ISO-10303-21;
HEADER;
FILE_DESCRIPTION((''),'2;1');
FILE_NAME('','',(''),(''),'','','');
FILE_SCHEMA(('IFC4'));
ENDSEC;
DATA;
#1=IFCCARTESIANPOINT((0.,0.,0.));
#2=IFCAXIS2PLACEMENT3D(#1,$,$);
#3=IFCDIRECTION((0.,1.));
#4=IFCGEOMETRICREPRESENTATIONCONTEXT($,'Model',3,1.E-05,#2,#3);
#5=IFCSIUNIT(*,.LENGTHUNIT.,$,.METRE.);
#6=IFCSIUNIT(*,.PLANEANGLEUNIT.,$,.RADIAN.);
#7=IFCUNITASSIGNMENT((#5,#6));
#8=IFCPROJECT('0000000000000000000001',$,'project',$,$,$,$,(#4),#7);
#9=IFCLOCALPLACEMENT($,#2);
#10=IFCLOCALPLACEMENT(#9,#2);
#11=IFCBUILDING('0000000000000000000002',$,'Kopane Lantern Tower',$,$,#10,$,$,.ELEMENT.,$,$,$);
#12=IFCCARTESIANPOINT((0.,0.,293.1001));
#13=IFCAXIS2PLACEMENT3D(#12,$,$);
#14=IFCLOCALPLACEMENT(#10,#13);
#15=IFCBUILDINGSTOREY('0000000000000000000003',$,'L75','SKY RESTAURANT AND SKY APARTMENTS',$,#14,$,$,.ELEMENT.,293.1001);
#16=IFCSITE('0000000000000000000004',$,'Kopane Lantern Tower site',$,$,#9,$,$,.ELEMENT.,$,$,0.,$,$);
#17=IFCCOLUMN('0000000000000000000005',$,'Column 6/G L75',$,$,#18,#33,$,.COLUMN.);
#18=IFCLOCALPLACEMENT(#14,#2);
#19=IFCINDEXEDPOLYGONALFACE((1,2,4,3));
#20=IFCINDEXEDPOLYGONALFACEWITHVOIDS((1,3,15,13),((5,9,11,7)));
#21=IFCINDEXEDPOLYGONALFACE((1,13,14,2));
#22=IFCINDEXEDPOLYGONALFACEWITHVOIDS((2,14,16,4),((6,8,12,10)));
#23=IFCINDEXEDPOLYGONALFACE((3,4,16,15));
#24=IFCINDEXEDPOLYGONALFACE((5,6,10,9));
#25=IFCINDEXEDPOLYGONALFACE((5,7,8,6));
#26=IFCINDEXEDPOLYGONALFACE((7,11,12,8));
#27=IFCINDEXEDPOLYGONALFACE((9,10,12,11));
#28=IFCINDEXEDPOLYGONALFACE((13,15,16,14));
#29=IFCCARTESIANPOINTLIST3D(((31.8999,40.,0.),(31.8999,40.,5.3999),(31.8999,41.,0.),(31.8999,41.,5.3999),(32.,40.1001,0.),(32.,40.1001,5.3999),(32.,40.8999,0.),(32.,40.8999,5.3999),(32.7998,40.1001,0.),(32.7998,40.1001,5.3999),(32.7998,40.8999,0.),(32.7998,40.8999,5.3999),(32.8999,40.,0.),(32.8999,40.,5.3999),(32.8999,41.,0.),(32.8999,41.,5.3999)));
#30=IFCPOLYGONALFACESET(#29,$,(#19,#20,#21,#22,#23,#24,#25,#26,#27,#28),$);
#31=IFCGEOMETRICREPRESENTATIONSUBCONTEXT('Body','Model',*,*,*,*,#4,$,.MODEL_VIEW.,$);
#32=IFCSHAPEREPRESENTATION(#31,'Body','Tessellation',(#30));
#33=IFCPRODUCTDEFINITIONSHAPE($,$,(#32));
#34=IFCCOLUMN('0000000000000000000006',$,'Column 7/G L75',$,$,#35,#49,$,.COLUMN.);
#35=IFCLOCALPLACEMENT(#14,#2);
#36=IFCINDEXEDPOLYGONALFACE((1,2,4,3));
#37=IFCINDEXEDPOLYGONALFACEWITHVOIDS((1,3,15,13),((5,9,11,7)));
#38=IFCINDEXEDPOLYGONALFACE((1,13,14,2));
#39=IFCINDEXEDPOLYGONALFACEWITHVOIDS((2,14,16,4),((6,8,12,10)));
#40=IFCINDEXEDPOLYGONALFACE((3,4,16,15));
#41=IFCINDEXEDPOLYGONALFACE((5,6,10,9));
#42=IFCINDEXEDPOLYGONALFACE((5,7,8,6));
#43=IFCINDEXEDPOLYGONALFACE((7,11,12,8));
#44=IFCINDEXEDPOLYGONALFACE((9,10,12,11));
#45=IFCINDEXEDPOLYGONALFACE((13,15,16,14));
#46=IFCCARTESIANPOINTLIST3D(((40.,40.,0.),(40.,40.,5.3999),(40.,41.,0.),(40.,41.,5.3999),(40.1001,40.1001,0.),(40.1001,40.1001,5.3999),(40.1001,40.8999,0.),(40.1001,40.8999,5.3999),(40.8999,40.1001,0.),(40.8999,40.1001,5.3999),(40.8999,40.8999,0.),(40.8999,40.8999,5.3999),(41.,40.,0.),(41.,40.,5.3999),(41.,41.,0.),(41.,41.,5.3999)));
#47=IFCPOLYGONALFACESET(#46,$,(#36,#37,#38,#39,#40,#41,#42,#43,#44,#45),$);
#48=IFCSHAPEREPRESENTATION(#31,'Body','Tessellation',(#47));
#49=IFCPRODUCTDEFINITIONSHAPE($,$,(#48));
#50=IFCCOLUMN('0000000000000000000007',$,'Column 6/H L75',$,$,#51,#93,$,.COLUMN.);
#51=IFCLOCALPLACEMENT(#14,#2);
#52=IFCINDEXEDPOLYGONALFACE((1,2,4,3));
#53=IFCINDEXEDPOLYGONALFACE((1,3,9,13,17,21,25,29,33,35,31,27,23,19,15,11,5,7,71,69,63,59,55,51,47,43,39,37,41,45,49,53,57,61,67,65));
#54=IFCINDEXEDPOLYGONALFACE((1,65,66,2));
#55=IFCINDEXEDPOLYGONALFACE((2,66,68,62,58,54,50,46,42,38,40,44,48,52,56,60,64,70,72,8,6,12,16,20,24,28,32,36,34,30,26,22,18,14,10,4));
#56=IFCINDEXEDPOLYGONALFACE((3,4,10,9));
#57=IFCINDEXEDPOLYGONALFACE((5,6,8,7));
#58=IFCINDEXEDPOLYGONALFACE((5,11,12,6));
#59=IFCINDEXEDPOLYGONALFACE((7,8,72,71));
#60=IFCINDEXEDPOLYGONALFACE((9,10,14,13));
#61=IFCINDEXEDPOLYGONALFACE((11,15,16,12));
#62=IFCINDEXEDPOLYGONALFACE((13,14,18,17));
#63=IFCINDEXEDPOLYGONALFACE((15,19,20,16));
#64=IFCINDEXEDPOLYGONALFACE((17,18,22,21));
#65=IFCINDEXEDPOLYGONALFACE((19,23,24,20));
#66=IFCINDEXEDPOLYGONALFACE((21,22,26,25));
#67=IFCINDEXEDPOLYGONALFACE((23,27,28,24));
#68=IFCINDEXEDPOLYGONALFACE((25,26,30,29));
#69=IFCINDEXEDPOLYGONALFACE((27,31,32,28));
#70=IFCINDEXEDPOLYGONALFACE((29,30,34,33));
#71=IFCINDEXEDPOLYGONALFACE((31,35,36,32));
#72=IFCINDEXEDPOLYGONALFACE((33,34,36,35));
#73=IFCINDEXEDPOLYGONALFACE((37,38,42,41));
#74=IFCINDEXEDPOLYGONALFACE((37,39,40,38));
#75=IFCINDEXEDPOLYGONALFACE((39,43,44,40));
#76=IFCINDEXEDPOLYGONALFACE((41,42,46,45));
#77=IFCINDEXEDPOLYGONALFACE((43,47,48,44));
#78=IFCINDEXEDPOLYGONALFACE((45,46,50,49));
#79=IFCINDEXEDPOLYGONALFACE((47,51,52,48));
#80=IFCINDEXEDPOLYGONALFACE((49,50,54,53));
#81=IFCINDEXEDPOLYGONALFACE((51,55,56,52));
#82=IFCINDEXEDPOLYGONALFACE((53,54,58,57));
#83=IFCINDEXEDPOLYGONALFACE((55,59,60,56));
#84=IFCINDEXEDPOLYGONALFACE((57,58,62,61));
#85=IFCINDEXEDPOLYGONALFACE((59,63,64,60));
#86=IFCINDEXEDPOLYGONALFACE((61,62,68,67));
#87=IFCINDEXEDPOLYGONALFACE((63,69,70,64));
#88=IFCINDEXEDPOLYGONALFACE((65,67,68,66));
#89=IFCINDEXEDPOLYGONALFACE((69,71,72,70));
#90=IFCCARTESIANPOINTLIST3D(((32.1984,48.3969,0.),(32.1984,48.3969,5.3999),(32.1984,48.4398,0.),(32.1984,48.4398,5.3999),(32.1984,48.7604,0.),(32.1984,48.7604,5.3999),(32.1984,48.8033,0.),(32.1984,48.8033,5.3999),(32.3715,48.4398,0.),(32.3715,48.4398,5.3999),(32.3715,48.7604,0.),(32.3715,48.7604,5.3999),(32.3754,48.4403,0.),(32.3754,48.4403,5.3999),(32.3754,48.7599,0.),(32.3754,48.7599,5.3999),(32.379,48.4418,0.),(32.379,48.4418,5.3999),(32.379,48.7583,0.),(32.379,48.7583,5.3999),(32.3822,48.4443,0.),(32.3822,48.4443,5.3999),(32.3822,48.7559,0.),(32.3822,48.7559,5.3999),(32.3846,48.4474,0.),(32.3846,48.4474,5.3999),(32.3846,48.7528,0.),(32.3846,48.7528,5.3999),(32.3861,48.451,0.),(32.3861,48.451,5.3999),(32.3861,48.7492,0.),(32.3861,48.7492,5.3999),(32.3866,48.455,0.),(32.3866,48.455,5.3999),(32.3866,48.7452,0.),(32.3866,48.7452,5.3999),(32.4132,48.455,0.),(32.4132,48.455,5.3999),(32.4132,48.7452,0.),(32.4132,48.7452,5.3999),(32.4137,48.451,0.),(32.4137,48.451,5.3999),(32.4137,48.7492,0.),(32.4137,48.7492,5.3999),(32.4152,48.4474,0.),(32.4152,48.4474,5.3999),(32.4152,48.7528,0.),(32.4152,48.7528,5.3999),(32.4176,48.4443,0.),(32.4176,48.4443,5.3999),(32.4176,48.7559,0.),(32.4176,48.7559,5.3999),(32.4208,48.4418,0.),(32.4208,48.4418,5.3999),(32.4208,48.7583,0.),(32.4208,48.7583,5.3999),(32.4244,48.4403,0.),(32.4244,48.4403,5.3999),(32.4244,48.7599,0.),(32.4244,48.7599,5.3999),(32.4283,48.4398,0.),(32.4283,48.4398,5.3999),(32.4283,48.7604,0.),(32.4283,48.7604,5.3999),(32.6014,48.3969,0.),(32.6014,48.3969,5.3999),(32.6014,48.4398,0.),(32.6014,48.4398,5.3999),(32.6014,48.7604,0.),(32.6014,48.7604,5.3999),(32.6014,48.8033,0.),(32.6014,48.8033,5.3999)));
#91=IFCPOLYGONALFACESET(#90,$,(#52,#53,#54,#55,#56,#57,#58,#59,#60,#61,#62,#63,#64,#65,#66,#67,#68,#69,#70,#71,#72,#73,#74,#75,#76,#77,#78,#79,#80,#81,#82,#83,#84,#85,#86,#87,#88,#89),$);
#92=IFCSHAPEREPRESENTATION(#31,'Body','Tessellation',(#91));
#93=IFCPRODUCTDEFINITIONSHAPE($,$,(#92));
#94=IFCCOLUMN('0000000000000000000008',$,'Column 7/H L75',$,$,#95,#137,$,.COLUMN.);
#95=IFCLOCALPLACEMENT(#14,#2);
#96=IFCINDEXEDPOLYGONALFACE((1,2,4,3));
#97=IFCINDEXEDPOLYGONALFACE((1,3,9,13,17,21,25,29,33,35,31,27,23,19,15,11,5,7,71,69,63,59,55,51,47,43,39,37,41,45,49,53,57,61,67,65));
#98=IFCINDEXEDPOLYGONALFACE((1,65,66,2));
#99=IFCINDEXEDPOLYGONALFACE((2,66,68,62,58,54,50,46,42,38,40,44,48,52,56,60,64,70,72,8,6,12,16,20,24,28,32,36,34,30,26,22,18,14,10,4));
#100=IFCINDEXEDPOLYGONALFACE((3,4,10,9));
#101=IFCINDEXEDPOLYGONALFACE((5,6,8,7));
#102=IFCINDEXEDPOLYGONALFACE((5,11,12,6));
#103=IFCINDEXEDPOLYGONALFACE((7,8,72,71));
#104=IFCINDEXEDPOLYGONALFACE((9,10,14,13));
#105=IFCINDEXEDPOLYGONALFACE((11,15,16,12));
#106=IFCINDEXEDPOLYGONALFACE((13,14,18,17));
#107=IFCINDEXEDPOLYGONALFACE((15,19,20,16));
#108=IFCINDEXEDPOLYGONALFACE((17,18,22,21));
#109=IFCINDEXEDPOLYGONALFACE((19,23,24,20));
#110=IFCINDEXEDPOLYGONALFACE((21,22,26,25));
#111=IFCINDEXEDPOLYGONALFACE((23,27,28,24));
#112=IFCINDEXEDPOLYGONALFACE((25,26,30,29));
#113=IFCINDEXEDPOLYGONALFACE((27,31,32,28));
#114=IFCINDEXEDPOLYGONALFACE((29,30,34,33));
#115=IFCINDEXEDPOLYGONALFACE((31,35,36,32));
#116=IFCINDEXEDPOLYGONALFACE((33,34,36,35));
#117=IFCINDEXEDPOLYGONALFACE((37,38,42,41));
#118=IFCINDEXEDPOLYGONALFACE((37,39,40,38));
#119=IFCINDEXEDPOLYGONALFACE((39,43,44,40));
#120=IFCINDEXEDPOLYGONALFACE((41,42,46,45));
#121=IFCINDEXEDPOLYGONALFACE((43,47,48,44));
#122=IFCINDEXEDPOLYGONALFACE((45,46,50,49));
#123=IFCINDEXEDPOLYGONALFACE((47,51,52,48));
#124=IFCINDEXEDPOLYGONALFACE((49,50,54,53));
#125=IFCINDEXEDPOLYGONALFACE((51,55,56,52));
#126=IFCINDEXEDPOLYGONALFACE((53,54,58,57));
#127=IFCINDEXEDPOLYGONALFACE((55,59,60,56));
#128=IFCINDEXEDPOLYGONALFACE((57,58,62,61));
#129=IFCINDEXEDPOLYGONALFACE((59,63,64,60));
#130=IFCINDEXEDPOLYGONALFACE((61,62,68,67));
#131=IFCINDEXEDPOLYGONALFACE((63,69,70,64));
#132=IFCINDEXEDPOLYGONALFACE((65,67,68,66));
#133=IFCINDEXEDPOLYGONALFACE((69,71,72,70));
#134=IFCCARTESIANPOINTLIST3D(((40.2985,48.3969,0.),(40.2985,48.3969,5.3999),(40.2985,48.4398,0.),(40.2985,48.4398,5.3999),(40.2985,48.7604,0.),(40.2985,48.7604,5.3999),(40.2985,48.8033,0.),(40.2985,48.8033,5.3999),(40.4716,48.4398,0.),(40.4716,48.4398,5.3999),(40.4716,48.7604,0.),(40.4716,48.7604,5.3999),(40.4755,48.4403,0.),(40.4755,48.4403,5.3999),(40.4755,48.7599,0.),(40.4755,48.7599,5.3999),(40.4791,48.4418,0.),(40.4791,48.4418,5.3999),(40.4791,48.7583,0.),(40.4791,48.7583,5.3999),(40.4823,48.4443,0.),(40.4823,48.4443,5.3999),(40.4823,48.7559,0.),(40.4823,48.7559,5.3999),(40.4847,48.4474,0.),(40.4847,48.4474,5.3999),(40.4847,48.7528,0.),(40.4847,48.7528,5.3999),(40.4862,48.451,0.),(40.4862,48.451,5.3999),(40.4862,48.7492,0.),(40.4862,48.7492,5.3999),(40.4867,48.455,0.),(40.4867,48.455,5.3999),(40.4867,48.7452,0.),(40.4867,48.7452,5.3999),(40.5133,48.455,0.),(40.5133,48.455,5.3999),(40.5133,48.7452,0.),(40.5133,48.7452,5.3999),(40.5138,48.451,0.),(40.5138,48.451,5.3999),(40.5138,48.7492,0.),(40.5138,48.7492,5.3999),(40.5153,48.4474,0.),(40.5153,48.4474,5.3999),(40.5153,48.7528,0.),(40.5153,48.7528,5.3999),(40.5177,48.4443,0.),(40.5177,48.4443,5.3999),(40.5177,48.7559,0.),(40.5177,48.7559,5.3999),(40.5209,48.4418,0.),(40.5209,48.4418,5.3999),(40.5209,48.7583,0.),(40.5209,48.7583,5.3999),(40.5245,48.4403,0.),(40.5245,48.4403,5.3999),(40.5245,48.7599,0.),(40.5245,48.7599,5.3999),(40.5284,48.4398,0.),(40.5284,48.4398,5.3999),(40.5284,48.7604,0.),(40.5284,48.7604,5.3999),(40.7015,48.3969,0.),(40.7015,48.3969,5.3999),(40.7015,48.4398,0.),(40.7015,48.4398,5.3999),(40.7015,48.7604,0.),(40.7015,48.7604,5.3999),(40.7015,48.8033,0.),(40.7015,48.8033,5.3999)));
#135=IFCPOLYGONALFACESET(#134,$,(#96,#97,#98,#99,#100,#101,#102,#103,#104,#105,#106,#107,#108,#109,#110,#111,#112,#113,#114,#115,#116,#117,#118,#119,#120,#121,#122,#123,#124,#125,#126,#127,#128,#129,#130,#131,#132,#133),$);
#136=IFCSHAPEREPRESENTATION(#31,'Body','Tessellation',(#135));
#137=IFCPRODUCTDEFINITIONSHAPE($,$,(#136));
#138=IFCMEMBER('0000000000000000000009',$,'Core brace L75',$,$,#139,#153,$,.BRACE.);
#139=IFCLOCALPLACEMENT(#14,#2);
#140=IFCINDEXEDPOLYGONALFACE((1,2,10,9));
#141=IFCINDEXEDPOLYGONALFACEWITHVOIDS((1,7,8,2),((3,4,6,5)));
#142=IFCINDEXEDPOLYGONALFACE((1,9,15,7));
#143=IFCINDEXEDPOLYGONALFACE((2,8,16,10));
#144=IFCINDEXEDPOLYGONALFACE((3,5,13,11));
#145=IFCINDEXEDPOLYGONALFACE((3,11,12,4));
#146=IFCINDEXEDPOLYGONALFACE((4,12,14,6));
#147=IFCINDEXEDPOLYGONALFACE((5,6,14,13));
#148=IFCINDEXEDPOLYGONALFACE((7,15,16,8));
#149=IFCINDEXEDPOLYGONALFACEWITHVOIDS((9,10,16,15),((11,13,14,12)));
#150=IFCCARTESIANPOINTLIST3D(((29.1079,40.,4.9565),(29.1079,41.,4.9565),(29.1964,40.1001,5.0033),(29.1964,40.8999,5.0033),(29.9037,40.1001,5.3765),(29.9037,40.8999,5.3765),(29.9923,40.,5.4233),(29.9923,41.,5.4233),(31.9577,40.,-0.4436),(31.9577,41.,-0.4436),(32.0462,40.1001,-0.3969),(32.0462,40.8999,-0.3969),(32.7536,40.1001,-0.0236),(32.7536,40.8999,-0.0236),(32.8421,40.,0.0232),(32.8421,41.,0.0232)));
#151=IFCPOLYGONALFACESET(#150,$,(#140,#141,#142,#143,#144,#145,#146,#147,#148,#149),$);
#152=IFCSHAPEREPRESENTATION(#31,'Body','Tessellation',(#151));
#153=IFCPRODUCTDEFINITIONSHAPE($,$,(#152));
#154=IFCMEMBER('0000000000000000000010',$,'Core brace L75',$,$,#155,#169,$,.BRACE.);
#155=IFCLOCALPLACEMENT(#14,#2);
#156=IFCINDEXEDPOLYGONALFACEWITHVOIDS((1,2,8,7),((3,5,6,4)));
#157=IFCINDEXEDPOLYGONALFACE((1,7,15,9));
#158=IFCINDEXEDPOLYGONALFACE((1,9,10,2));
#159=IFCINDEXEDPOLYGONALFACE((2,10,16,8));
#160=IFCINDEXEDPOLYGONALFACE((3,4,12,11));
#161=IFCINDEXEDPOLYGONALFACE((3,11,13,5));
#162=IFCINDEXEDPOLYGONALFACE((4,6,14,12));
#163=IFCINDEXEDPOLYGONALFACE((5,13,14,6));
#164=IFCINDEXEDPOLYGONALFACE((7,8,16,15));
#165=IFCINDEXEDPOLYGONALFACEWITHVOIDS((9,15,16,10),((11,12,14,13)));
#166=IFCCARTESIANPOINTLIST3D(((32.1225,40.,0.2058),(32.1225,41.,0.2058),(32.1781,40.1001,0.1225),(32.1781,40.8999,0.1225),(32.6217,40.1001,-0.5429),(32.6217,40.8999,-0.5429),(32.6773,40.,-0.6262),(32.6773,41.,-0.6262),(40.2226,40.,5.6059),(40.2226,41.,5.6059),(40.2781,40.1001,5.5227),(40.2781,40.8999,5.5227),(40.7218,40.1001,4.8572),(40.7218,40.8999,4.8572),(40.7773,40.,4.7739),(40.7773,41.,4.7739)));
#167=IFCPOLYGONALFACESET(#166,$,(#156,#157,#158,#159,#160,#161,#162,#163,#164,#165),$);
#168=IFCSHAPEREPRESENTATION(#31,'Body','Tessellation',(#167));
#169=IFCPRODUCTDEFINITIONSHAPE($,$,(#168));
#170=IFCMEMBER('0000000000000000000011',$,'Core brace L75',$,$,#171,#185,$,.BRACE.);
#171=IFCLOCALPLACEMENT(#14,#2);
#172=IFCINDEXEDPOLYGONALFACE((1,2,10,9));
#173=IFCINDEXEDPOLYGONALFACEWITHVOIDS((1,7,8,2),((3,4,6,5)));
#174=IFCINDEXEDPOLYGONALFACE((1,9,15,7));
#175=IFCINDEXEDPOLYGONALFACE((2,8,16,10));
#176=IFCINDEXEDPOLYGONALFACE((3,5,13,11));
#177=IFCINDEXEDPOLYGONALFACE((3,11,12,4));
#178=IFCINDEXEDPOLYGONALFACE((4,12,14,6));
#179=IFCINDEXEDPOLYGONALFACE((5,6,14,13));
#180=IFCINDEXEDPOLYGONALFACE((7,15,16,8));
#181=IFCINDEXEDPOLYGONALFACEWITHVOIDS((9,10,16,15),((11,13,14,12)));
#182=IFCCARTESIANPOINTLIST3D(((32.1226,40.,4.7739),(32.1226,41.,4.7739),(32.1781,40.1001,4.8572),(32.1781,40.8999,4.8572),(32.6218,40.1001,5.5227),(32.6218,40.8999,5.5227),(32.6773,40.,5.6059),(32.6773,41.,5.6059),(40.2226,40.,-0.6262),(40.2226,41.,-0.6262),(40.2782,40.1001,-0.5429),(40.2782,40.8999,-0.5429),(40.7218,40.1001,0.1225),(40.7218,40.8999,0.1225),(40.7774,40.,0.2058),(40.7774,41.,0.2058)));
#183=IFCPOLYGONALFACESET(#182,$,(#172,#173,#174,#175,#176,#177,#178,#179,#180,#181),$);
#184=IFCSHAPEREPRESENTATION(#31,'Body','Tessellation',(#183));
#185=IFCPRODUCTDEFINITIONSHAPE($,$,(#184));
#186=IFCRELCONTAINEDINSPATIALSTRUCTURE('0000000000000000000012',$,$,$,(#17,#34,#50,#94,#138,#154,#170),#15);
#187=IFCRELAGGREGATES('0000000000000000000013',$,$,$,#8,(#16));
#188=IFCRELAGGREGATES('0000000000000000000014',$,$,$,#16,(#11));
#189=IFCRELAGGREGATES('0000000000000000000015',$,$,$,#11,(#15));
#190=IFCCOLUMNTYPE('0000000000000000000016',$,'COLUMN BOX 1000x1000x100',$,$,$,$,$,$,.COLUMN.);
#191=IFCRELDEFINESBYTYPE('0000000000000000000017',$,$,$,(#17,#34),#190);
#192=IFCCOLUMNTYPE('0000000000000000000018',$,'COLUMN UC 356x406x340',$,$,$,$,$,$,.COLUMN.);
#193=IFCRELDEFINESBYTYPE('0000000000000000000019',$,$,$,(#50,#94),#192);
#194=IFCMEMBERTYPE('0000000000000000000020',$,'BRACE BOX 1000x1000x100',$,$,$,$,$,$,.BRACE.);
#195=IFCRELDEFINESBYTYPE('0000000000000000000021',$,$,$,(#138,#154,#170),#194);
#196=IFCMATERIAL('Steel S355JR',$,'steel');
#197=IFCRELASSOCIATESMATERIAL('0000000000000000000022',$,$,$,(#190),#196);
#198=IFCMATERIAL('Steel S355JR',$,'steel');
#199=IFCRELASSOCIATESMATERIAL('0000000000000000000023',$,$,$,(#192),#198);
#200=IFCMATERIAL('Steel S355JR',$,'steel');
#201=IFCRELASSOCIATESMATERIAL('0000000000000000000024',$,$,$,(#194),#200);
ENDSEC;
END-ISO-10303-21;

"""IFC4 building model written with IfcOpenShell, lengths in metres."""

from ifc_helpers import new_model, si_unit, direction, frame, origin, origin_2d, place, context, subcontext, project, spatial, hollow_rectangle, i_section, extrude, material, material_profile, profile_set, type_object, element, save


model = new_model("IFC4")

# Units and contexts
model_context = context("Model", 3, precision=1e-05, world=origin(), true_north=direction((0.0, 1.0)))
body_context = subcontext(model_context, "Body", "Model", "MODEL_VIEW")
ifc_project = project(units=[si_unit("LENGTHUNIT", "METRE"), si_unit("PLANEANGLEUNIT", "RADIAN")], contexts=[model_context])

# Site, building, storey
site_placement = place(None, origin())
site = spatial("IfcSite", under=ifc_project, at=site_placement, Name="Kopane Lantern Tower site", CompositionType="ELEMENT", RefElevation=0.0)
building_placement = place(site_placement, origin())
building = spatial("IfcBuilding", under=site, at=building_placement, Name="Kopane Lantern Tower", CompositionType="ELEMENT")
storey_placement = place(building_placement, frame((0.0, 0.0, 293.1001)))
storey = spatial("IfcBuildingStorey", under=building, at=storey_placement, Name="L75", Description="SKY RESTAURANT AND SKY APARTMENTS", CompositionType="ELEMENT", Elevation=293.1001)

# Columns
ifc_material_1 = material(Name="Steel S355JR", Category="steel")
ifc_material_profile_1 = material_profile(ifc_material_1, hollow_rectangle(XDim=1.0, YDim=1.0, WallThickness=0.1001, at=origin_2d()), Name="BOX 1000x1000x100")
ifc_profile_set_1 = profile_set([ifc_material_profile_1], Name="Steel S355JR")
column_type_1 = type_object("IfcColumnType", Name="COLUMN BOX 1000x1000x100", PredefinedType="COLUMN", material=ifc_profile_set_1)
for number, where, z_axis, x_axis, name in (
    (1, (32.3999, 40.5, 0.0), (0.0, 0.0, 1.0), (1.0, 0.0, 0.0), "Column 6/G L75"),
    (2, (40.5, 40.5, 0.0), (0.0, 0.0, 1.0), (1.0, 0.0, 0.0), "Column 7/G L75"),
):
    element("IfcColumn", number, at=place(storey_placement, frame(where, z_axis=z_axis, x_axis=x_axis)), inside=storey, type_object=column_type_1, Name=name, PredefinedType="COLUMN", context=body_context, shape_type="SweptSolid", body=[
        extrude(hollow_rectangle(XDim=1.0, YDim=1.0, WallThickness=0.1001, at=origin_2d()), origin(), (0.0, 0.0, 1.0), 5.3999),
    ])
ifc_material_2 = material(Name="Steel S355JR", Category="steel")
ifc_material_profile_2 = material_profile(ifc_material_2, i_section(OverallWidth=0.4031, OverallDepth=0.4065, WebThickness=0.0266, FlangeThickness=0.043, FilletRadius=0.0151, at=origin_2d()), Name="UC 356x406x340")
ifc_profile_set_2 = profile_set([ifc_material_profile_2], Name="Steel S355JR")
column_type_2 = type_object("IfcColumnType", Name="COLUMN UC 356x406x340", PredefinedType="COLUMN", material=ifc_profile_set_2)
for number, where, z_axis, x_axis, name in (
    (3, (32.3999, 48.6001, 0.0), (0.0, 0.0, 1.0), (1.0, 0.0, 0.0), "Column 6/H L75"),
    (4, (40.5, 48.6001, 0.0), (0.0, 0.0, 1.0), (1.0, 0.0, 0.0), "Column 7/H L75"),
):
    element("IfcColumn", number, at=place(storey_placement, frame(where, z_axis=z_axis, x_axis=x_axis)), inside=storey, type_object=column_type_2, Name=name, PredefinedType="COLUMN", context=body_context, shape_type="SweptSolid", body=[
        extrude(i_section(OverallWidth=0.4031, OverallDepth=0.4065, WebThickness=0.0266, FlangeThickness=0.043, FilletRadius=0.0151, at=origin_2d()), origin(), (0.0, 0.0, 1.0), 5.3999),
    ])

# Members
ifc_material_3 = material(Name="Steel S355JR", Category="steel")
ifc_material_profile_3 = material_profile(ifc_material_3, hollow_rectangle(XDim=1.0, YDim=1.0, WallThickness=0.1001, at=origin_2d()), Name="BOX 1000x1000x100")
ifc_profile_set_3 = profile_set([ifc_material_profile_3], Name="Steel S355JR")
member_type_1 = type_object("IfcMemberType", Name="BRACE BOX 1000x1000x100", PredefinedType="BRACE", material=ifc_profile_set_3)
member_1_placement = place(storey_placement, frame((32.3999, 40.5, -0.2102), z_axis=(-0.46673, 0.0, 0.8844), x_axis=(0.0, -1.0, 0.0)))
element("IfcMember", 5, at=member_1_placement, inside=storey, type_object=member_type_1, Name="Core brace L75", PredefinedType="BRACE", context=body_context, shape_type="SweptSolid", body=[
    extrude(hollow_rectangle(XDim=1.0, YDim=1.0, WallThickness=0.1001, at=origin_2d()), origin(), (0.0, 0.0, 1.0), 6.106),
])
for number, where, z_axis, x_axis, name in (
    (6, (32.3999, 40.5, -0.2102), (0.832046, 0.0, 0.554706), (0.0, 1.0, 0.0), "Core brace L75"),
    (7, (40.5, 40.5, -0.2102), (-0.832046, 0.0, 0.554706), (0.0, -1.0, 0.0), "Core brace L75"),
):
    element("IfcMember", number, at=place(storey_placement, frame(where, z_axis=z_axis, x_axis=x_axis)), inside=storey, type_object=member_type_1, Name=name, PredefinedType="BRACE", context=body_context, shape_type="SweptSolid", body=[
        extrude(hollow_rectangle(XDim=1.0, YDim=1.0, WallThickness=0.1001, at=origin_2d()), origin(), (0.0, 0.0, 1.0), 9.7351),
    ])

save(model, "model.ifc")
